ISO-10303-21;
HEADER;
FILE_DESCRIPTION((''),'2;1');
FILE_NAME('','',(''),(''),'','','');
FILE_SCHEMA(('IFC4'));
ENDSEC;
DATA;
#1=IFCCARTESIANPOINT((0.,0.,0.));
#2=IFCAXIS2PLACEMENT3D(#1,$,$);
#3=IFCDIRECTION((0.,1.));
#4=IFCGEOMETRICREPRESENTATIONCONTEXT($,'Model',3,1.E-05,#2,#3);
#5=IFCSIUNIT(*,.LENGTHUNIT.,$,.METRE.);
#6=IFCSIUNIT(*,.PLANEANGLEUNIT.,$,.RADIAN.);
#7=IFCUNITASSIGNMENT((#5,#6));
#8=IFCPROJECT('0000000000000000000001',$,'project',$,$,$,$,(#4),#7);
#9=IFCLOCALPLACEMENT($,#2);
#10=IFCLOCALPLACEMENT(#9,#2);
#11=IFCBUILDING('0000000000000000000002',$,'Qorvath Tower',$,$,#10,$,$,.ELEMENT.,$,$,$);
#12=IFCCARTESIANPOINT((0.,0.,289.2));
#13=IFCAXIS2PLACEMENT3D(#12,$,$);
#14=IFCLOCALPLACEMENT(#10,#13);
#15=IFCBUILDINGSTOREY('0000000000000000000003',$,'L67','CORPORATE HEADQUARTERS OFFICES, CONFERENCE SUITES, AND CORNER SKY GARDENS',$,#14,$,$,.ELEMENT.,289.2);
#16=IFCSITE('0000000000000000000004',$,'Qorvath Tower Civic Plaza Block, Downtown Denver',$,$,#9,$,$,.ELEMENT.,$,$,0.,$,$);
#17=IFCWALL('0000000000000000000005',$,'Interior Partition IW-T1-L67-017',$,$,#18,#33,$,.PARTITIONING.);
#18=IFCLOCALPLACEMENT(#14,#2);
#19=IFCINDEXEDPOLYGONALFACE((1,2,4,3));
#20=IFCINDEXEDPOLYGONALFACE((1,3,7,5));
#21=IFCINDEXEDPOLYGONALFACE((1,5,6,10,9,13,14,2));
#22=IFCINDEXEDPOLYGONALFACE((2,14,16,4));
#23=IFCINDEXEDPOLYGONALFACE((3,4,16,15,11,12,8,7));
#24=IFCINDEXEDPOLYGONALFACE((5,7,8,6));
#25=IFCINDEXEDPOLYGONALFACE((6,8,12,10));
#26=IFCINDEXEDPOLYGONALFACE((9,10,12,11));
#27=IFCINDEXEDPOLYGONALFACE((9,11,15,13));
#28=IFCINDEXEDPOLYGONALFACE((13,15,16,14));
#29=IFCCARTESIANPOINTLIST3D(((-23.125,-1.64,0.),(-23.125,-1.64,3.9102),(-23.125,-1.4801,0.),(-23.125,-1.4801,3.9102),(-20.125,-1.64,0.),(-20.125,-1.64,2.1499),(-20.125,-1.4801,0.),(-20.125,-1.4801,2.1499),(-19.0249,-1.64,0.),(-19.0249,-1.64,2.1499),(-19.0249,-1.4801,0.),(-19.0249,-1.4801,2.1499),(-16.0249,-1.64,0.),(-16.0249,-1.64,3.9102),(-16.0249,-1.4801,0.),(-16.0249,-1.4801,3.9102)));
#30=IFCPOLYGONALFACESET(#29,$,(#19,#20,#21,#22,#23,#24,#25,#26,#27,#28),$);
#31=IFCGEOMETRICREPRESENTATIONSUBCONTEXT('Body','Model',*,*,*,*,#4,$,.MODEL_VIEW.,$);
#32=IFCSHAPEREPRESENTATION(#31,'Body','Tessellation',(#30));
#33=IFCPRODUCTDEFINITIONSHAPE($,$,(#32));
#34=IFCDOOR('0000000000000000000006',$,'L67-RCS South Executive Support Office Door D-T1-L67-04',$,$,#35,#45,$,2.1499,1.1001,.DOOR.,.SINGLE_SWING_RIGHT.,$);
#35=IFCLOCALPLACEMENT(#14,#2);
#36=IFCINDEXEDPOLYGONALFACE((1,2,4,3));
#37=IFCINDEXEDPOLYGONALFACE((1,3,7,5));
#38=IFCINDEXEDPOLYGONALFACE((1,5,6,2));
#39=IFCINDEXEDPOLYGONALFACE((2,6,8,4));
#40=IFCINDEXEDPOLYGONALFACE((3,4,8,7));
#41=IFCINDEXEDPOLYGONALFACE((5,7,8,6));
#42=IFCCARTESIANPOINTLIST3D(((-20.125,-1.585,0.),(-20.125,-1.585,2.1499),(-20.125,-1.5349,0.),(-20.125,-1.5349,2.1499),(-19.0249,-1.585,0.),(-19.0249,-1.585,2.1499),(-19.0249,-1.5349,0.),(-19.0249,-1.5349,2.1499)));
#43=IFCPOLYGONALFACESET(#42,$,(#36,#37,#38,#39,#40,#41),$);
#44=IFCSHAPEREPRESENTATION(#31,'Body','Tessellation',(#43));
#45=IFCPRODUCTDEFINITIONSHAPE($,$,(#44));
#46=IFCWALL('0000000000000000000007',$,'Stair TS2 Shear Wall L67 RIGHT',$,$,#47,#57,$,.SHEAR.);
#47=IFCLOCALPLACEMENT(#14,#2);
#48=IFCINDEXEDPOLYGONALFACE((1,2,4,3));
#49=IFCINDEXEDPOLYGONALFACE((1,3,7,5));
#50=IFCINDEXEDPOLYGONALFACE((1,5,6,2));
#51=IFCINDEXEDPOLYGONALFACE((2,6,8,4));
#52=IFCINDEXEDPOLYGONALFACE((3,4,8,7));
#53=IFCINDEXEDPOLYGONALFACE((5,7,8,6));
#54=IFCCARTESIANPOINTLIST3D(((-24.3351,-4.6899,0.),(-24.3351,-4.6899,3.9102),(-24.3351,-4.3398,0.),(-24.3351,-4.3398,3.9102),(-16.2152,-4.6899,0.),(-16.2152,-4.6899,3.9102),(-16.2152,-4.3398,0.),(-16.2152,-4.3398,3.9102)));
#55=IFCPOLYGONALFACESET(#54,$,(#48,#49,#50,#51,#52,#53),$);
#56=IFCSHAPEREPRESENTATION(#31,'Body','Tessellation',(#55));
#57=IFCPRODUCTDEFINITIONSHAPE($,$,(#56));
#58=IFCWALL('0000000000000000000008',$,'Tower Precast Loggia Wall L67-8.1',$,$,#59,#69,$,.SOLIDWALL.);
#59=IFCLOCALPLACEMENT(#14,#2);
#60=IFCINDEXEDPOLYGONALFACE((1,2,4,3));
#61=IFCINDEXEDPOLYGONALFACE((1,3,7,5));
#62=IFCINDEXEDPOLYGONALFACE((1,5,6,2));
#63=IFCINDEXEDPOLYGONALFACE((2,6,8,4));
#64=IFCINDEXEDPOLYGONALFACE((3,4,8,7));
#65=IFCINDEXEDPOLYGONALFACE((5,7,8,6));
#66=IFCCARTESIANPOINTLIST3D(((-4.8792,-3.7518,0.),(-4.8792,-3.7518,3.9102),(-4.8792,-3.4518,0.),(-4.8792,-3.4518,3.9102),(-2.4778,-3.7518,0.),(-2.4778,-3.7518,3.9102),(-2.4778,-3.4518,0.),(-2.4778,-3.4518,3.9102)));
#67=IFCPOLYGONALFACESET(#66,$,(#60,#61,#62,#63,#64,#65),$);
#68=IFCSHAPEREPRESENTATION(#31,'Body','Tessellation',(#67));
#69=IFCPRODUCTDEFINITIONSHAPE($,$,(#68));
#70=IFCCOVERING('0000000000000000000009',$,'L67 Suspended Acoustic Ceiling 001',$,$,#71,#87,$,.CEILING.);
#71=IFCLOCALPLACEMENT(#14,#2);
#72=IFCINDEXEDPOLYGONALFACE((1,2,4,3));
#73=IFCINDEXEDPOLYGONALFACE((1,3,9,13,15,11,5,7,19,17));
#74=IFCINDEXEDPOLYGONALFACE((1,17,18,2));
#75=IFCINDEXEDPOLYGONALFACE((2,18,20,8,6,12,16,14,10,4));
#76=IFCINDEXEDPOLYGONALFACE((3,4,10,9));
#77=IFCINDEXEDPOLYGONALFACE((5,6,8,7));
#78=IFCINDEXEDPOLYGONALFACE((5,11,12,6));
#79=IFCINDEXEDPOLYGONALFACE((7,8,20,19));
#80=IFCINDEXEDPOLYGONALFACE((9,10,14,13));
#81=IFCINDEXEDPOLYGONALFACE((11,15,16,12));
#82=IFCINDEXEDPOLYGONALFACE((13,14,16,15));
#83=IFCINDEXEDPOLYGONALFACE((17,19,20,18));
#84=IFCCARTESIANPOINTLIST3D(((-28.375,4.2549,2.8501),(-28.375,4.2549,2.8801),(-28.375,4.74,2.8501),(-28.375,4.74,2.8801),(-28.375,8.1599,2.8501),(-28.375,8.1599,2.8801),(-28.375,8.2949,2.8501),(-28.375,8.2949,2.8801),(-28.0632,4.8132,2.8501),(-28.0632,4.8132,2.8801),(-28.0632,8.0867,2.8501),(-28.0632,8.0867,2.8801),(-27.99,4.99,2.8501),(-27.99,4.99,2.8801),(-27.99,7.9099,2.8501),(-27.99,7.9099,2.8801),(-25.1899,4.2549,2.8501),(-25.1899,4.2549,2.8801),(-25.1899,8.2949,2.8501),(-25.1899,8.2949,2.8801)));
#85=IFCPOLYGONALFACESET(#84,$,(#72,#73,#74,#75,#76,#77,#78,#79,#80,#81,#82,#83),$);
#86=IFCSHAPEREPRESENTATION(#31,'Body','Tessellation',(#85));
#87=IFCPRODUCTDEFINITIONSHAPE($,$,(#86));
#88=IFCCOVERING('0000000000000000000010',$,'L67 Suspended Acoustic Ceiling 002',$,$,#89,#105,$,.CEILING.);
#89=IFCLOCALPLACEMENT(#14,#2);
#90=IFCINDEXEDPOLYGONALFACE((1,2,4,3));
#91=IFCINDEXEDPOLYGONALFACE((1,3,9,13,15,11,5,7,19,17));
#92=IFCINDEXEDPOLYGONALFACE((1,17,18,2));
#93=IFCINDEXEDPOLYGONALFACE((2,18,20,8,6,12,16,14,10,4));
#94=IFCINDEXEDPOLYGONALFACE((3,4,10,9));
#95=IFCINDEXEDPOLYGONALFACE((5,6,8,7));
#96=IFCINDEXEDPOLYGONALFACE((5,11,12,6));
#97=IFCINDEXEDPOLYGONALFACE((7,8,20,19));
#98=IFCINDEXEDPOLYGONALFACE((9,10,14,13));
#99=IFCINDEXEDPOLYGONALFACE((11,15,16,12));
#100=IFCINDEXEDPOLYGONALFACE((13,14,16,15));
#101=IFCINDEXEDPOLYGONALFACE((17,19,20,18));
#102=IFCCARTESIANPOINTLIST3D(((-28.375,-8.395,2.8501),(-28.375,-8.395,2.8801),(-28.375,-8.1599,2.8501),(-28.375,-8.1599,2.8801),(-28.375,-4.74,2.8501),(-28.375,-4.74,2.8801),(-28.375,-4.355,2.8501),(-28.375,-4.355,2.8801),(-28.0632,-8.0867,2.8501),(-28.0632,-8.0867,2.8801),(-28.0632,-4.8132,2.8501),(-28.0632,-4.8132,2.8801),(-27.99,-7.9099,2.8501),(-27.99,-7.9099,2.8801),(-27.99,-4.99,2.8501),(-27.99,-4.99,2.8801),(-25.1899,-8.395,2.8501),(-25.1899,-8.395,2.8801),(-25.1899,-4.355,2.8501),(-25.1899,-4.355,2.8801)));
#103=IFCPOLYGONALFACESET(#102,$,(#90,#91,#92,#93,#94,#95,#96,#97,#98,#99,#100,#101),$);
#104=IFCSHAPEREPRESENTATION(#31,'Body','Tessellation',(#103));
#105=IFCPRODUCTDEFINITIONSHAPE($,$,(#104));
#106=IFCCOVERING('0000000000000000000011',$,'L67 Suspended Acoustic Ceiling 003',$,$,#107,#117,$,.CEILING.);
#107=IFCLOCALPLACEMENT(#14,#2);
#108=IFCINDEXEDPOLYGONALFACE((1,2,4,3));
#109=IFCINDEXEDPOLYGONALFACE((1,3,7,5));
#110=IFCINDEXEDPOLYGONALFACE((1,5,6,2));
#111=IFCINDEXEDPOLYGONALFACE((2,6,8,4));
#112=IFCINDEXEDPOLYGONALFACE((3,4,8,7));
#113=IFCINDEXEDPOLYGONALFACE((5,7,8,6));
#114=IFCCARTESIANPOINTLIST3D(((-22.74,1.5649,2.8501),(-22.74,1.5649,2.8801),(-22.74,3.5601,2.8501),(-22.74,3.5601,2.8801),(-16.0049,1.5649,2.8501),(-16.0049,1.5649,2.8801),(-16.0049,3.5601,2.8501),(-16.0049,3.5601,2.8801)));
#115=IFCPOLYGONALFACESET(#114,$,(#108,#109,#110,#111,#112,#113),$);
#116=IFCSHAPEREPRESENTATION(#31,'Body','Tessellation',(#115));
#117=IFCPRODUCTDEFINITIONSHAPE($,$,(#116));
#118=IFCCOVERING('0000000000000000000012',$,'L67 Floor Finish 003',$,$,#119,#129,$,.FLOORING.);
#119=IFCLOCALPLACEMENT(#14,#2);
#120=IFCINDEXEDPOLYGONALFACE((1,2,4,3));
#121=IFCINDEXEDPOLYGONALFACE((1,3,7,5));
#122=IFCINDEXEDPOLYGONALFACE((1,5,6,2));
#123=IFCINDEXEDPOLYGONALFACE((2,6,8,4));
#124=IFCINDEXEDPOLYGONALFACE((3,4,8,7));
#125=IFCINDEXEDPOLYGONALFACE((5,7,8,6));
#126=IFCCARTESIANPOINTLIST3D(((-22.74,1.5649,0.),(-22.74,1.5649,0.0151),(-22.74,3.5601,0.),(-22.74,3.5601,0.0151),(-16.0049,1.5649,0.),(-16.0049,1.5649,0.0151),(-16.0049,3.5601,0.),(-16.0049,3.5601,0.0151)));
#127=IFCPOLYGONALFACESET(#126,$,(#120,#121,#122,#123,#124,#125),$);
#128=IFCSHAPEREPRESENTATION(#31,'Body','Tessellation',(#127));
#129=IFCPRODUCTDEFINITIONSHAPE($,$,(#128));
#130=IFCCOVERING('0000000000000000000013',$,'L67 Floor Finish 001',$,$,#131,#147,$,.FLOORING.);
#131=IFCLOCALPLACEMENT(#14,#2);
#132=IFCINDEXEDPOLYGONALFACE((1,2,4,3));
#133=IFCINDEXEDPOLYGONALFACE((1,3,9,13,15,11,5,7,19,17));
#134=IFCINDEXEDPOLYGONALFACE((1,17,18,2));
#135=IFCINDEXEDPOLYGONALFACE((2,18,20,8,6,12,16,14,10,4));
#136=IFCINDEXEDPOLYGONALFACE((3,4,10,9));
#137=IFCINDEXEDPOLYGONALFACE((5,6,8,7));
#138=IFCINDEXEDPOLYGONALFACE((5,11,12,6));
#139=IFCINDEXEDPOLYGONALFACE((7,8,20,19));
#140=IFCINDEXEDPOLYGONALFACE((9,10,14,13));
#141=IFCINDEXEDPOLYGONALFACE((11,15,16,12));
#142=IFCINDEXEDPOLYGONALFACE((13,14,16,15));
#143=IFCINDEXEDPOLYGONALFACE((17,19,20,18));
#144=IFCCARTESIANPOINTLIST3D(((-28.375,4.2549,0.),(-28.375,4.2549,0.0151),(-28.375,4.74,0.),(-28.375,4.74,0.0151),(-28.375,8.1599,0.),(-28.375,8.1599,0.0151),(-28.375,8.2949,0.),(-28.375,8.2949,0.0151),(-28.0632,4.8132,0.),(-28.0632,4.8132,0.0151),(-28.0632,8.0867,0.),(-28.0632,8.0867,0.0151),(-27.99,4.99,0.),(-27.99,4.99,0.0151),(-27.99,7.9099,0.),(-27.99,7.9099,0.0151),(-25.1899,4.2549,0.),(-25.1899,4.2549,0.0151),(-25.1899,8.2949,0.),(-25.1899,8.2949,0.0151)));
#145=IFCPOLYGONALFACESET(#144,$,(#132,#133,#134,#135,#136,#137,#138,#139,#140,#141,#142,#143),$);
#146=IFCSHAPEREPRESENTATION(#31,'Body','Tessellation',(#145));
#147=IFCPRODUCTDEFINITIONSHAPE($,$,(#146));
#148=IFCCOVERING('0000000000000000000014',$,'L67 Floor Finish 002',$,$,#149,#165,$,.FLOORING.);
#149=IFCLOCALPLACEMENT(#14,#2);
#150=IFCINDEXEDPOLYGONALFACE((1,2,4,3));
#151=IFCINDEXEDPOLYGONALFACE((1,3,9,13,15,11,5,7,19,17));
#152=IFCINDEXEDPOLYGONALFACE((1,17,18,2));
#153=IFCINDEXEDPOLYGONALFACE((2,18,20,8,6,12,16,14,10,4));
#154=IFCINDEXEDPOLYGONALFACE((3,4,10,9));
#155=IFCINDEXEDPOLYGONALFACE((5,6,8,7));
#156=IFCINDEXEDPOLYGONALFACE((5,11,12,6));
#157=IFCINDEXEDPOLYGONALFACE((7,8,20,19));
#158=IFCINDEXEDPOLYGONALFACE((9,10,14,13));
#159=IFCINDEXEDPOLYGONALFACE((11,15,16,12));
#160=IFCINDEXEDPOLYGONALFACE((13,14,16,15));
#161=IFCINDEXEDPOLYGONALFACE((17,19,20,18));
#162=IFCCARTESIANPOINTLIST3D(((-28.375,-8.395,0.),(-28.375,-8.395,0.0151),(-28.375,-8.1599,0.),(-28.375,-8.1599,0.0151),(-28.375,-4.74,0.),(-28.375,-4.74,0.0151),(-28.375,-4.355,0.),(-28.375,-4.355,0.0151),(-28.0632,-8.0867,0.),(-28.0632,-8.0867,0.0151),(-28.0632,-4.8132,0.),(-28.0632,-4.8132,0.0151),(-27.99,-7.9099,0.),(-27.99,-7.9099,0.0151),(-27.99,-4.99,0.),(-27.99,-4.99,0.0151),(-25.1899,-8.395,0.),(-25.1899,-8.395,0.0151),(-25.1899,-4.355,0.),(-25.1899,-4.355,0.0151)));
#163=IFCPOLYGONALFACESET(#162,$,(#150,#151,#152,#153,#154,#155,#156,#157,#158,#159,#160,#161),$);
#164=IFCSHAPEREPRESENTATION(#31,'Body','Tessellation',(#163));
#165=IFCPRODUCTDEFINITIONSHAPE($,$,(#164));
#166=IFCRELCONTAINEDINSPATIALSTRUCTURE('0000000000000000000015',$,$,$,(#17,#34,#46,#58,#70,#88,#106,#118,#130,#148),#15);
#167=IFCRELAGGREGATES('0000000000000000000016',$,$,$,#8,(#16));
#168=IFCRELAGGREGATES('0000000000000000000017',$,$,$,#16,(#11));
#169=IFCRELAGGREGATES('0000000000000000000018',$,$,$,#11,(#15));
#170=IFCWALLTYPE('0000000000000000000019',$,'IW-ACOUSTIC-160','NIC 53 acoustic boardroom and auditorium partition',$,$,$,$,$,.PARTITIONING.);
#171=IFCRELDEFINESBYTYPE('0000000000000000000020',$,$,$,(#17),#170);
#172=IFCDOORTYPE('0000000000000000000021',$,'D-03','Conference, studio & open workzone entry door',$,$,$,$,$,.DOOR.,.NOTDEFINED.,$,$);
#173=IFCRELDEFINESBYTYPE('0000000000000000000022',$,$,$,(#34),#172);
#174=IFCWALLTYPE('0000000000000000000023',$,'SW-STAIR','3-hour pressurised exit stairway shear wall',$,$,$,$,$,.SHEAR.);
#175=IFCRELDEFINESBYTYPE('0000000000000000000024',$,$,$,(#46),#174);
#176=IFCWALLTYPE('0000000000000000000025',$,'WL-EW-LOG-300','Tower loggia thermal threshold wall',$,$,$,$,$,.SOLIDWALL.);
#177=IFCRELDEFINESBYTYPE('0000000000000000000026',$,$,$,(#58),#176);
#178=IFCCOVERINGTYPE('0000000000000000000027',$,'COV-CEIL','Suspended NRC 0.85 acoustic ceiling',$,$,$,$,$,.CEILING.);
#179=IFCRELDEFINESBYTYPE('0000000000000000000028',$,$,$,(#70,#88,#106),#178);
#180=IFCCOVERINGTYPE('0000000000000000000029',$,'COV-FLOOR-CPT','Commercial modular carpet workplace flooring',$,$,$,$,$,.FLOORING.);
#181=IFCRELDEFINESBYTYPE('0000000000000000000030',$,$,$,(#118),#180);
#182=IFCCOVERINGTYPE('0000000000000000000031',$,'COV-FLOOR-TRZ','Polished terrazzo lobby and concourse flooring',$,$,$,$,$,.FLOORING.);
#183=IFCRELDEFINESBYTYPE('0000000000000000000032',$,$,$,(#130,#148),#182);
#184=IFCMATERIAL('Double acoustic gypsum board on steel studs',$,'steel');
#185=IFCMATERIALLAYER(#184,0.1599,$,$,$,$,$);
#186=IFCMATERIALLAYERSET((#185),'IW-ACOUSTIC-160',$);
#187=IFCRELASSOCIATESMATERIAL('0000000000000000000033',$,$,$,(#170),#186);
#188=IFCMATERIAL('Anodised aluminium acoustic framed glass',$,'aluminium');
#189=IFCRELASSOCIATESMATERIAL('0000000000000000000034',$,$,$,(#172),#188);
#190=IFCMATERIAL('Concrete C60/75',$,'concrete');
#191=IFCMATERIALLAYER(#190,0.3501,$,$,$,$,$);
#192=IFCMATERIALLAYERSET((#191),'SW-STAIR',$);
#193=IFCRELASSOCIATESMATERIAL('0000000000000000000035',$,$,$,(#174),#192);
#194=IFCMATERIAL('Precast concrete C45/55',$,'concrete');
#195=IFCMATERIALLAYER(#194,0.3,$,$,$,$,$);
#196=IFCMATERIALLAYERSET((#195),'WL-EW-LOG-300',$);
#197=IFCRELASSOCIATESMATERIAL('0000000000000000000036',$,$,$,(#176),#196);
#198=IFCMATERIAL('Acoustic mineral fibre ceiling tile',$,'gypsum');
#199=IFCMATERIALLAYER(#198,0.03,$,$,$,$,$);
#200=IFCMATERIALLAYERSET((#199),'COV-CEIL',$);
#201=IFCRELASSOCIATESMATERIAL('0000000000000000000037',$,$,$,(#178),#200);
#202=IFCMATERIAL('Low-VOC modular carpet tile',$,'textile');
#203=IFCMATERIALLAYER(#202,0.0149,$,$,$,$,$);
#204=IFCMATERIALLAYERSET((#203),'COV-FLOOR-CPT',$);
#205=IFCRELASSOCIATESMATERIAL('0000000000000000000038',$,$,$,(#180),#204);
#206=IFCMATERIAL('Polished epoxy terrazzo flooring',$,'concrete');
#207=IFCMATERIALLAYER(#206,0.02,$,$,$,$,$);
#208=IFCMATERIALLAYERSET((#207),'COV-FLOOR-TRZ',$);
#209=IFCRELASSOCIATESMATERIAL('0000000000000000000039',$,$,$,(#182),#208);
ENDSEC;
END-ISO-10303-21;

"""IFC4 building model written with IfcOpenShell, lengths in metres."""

from ifc_helpers import new_model, si_unit, direction, frame, frame_2d, origin, place, context, subcontext, project, spatial, polyline, rectangle, outline, extrude, material, layer, layer_set, type_object, element, fill, save


model = new_model("IFC4")

# Units and contexts
model_context = context("Model", 3, precision=1e-05, world=origin(), true_north=direction((0.0, 1.0)))
body_context = subcontext(model_context, "Body", "Model", "MODEL_VIEW")
ifc_project = project(units=[si_unit("LENGTHUNIT", "METRE"), si_unit("PLANEANGLEUNIT", "RADIAN")], contexts=[model_context])

# Site, building, storey
site_placement = place(None, origin())
site = spatial("IfcSite", under=ifc_project, at=site_placement, Name="Qorvath Tower Civic Plaza Block, Downtown Denver", CompositionType="ELEMENT", RefElevation=0.0)
building_placement = place(site_placement, origin())
building = spatial("IfcBuilding", under=site, at=building_placement, Name="Qorvath Tower", CompositionType="ELEMENT")
storey_placement = place(building_placement, frame((0.0, 0.0, 289.2)))
storey = spatial("IfcBuildingStorey", under=building, at=storey_placement, Name="L67", Description="CORPORATE HEADQUARTERS OFFICES, CONFERENCE SUITES, AND CORNER SKY GARDENS", CompositionType="ELEMENT", Elevation=289.2)

# Shared definitions
ifc_material_1 = material(Name="Double acoustic gypsum board on steel studs", Category="steel")
ifc_layer_1 = layer(ifc_material_1, 0.1599)
ifc_layer_set_1 = layer_set([ifc_layer_1], Name="IW-ACOUSTIC-160")
wall_type_1 = type_object("IfcWallType", Name="IW-ACOUSTIC-160", Description="NIC 53 acoustic boardroom and auditorium partition", PredefinedType="PARTITIONING", material=ifc_layer_set_1)

# Wall, opening, door
wall_1_placement = place(storey_placement, frame((-16.0249, -1.5601, 0.0), z_axis=(0.0, 0.0, 1.0), x_axis=(-1.0, 0.0, 0.0)))
wall_1 = element("IfcWall", 1, at=wall_1_placement, inside=storey, type_object=wall_type_1, Name="Interior Partition IW-T1-L67-017", PredefinedType="PARTITIONING", context=body_context, shape_type="SweptSolid", body=[
    extrude(rectangle(XDim=7.1001, YDim=0.1599, at=frame_2d((3.55, 0.0))), origin(), (0.0, 0.0, 1.0), 3.9102),
])
opening_placement = place(wall_1_placement, frame((3.0, 0.0, 0.0)))
opening = element("IfcOpeningElement", 2, at=opening_placement, cuts=wall_1, PredefinedType="OPENING", context=body_context, shape_type="SweptSolid", body=[
    extrude(rectangle(XDim=1.1001, YDim=2.1499, at=frame_2d((0.55, 1.075))), frame((0.0, 0.0898, 0.0), z_axis=(0.0, -1.0, 0.0), x_axis=(1.0, 0.0, 0.0)), (0.0, 0.0, 1.0), 0.1799),
])
ifc_material_2 = material(Name="Anodised aluminium acoustic framed glass", Category="aluminium")
door_type = type_object("IfcDoorType", Name="D-03", Description="Conference, studio & open workzone entry door", OperationType="NOTDEFINED", PredefinedType="DOOR", material=ifc_material_2)
door_placement = place(opening_placement, origin())
door = element("IfcDoor", 3, at=door_placement, inside=storey, type_object=door_type, Name="L67-RCS South Executive Support Office Door D-T1-L67-04", OperationType="SINGLE_SWING_RIGHT", OverallHeight=2.1499, OverallWidth=1.1001, PredefinedType="DOOR", context=body_context, shape_type="SweptSolid", body=[
    extrude(rectangle(XDim=1.1001, YDim=2.1499, at=frame_2d((0.55, 1.075))), frame((0.0, 0.0249, 0.0), z_axis=(0.0, -1.0, 0.0), x_axis=(1.0, 0.0, 0.0)), (0.0, 0.0, 1.0), 0.05),
])
fill(opening, door)

# Walls
ifc_material_3 = material(Name="Concrete C60/75", Category="concrete")
ifc_layer_2 = layer(ifc_material_3, 0.3501)
ifc_layer_set_2 = layer_set([ifc_layer_2], Name="SW-STAIR")
wall_type_2 = type_object("IfcWallType", Name="SW-STAIR", Description="3-hour pressurised exit stairway shear wall", PredefinedType="SHEAR", material=ifc_layer_set_2)
wall_2_placement = place(storey_placement, frame((-16.2151, -4.5149, 0.0), z_axis=(0.0, 0.0, 1.0), x_axis=(-1.0, 0.0, 0.0)))
element("IfcWall", 4, at=wall_2_placement, inside=storey, type_object=wall_type_2, Name="Stair TS2 Shear Wall L67 RIGHT", PredefinedType="SHEAR", context=body_context, shape_type="SweptSolid", body=[
    extrude(rectangle(XDim=8.1199, YDim=0.3501, at=frame_2d((4.0601, 0.0))), origin(), (0.0, 0.0, 1.0), 3.9102),
])
ifc_material_4 = material(Name="Precast concrete C45/55", Category="concrete")
ifc_layer_3 = layer(ifc_material_4, 0.3)
ifc_layer_set_3 = layer_set([ifc_layer_3], Name="WL-EW-LOG-300")
wall_type_3 = type_object("IfcWallType", Name="WL-EW-LOG-300", Description="Tower loggia thermal threshold wall", PredefinedType="SOLIDWALL", material=ifc_layer_set_3)
wall_3_placement = place(storey_placement, frame((-2.4778, -3.6018, 0.0), z_axis=(0.0, 0.0, 1.0), x_axis=(-1.0, 0.0, 0.0)))
element("IfcWall", 5, at=wall_3_placement, inside=storey, type_object=wall_type_3, Name="Tower Precast Loggia Wall L67-8.1", PredefinedType="SOLIDWALL", context=body_context, shape_type="SweptSolid", body=[
    extrude(rectangle(XDim=2.4014, YDim=0.3, at=frame_2d((1.2007, 0.0))), origin(), (0.0, 0.0, 1.0), 3.9102),
])

# Coverings
ifc_material_5 = material(Name="Acoustic mineral fibre ceiling tile", Category="gypsum")
ifc_layer_4 = layer(ifc_material_5, 0.03)
ifc_layer_set_4 = layer_set([ifc_layer_4], Name="COV-CEIL")
covering_type_1 = type_object("IfcCoveringType", Name="COV-CEIL", Description="Suspended NRC 0.85 acoustic ceiling", PredefinedType="CEILING", material=ifc_layer_set_4)
covering_1_placement = place(storey_placement, frame((0.0, 0.0, 2.8501)))
element("IfcCovering", 6, at=covering_1_placement, inside=storey, type_object=covering_type_1, Name="L67 Suspended Acoustic Ceiling 001", PredefinedType="CEILING", context=body_context, shape_type="SweptSolid", body=[
    extrude(outline(polyline([(-25.1899, 4.2549), (-25.1899, 8.2949), (-28.375, 8.2949), (-28.375, 8.1599), (-28.0632, 8.0867), (-27.99, 7.9099), (-27.99, 4.99), (-28.0632, 4.8132), (-28.375, 4.74), (-28.375, 4.2549), (-25.1899, 4.2549)])), origin(), (0.0, 0.0, 1.0), 0.03),
])
covering_2_placement = place(storey_placement, frame((0.0, 0.0, 2.8501)))
element("IfcCovering", 7, at=covering_2_placement, inside=storey, type_object=covering_type_1, Name="L67 Suspended Acoustic Ceiling 002", PredefinedType="CEILING", context=body_context, shape_type="SweptSolid", body=[
    extrude(outline(polyline([(-25.1899, -8.395), (-25.1899, -4.355), (-28.375, -4.355), (-28.375, -4.74), (-28.0632, -4.8132), (-27.99, -4.99), (-27.99, -7.9099), (-28.0632, -8.0867), (-28.375, -8.1599), (-28.375, -8.395), (-25.1899, -8.395)])), origin(), (0.0, 0.0, 1.0), 0.03),
])
covering_3_placement = place(storey_placement, frame((0.0, 0.0, 2.8501)))
element("IfcCovering", 8, at=covering_3_placement, inside=storey, type_object=covering_type_1, Name="L67 Suspended Acoustic Ceiling 003", PredefinedType="CEILING", context=body_context, shape_type="SweptSolid", body=[
    extrude(outline(polyline([(-16.0049, 3.5601), (-22.74, 3.5601), (-22.74, 1.5649), (-16.0049, 1.5649), (-16.0049, 3.5601)])), origin(), (0.0, 0.0, 1.0), 0.03),
])
ifc_material_6 = material(Name="Low-VOC modular carpet tile", Category="textile")
ifc_layer_5 = layer(ifc_material_6, 0.0149)
ifc_layer_set_5 = layer_set([ifc_layer_5], Name="COV-FLOOR-CPT")
covering_type_2 = type_object("IfcCoveringType", Name="COV-FLOOR-CPT", Description="Commercial modular carpet workplace flooring", PredefinedType="FLOORING", material=ifc_layer_set_5)
covering_4_placement = place(storey_placement, origin())
element("IfcCovering", 9, at=covering_4_placement, inside=storey, type_object=covering_type_2, Name="L67 Floor Finish 003", PredefinedType="FLOORING", context=body_context, shape_type="SweptSolid", body=[
    extrude(outline(polyline([(-16.0049, 3.5601), (-22.74, 3.5601), (-22.74, 1.5649), (-16.0049, 1.5649), (-16.0049, 3.5601)])), origin(), (0.0, 0.0, 1.0), 0.0151),
])
ifc_material_7 = material(Name="Polished epoxy terrazzo flooring", Category="concrete")
ifc_layer_6 = layer(ifc_material_7, 0.02)
ifc_layer_set_6 = layer_set([ifc_layer_6], Name="COV-FLOOR-TRZ")
covering_type_3 = type_object("IfcCoveringType", Name="COV-FLOOR-TRZ", Description="Polished terrazzo lobby and concourse flooring", PredefinedType="FLOORING", material=ifc_layer_set_6)
covering_5_placement = place(storey_placement, origin())
element("IfcCovering", 10, at=covering_5_placement, inside=storey, type_object=covering_type_3, Name="L67 Floor Finish 001", PredefinedType="FLOORING", context=body_context, shape_type="SweptSolid", body=[
    extrude(outline(polyline([(-25.1899, 4.2549), (-25.1899, 8.2949), (-28.375, 8.2949), (-28.375, 8.1599), (-28.0632, 8.0867), (-27.99, 7.9099), (-27.99, 4.99), (-28.0632, 4.8132), (-28.375, 4.74), (-28.375, 4.2549), (-25.1899, 4.2549)])), origin(), (0.0, 0.0, 1.0), 0.0151),
])
covering_6_placement = place(storey_placement, origin())
element("IfcCovering", 11, at=covering_6_placement, inside=storey, type_object=covering_type_3, Name="L67 Floor Finish 002", PredefinedType="FLOORING", context=body_context, shape_type="SweptSolid", body=[
    extrude(outline(polyline([(-25.1899, -8.395), (-25.1899, -4.355), (-28.375, -4.355), (-28.375, -4.74), (-28.0632, -4.8132), (-27.99, -4.99), (-27.99, -7.9099), (-28.0632, -8.0867), (-28.375, -8.1599), (-28.375, -8.395), (-25.1899, -8.395)])), origin(), (0.0, 0.0, 1.0), 0.0151),
])

save(model, "model.ifc")
